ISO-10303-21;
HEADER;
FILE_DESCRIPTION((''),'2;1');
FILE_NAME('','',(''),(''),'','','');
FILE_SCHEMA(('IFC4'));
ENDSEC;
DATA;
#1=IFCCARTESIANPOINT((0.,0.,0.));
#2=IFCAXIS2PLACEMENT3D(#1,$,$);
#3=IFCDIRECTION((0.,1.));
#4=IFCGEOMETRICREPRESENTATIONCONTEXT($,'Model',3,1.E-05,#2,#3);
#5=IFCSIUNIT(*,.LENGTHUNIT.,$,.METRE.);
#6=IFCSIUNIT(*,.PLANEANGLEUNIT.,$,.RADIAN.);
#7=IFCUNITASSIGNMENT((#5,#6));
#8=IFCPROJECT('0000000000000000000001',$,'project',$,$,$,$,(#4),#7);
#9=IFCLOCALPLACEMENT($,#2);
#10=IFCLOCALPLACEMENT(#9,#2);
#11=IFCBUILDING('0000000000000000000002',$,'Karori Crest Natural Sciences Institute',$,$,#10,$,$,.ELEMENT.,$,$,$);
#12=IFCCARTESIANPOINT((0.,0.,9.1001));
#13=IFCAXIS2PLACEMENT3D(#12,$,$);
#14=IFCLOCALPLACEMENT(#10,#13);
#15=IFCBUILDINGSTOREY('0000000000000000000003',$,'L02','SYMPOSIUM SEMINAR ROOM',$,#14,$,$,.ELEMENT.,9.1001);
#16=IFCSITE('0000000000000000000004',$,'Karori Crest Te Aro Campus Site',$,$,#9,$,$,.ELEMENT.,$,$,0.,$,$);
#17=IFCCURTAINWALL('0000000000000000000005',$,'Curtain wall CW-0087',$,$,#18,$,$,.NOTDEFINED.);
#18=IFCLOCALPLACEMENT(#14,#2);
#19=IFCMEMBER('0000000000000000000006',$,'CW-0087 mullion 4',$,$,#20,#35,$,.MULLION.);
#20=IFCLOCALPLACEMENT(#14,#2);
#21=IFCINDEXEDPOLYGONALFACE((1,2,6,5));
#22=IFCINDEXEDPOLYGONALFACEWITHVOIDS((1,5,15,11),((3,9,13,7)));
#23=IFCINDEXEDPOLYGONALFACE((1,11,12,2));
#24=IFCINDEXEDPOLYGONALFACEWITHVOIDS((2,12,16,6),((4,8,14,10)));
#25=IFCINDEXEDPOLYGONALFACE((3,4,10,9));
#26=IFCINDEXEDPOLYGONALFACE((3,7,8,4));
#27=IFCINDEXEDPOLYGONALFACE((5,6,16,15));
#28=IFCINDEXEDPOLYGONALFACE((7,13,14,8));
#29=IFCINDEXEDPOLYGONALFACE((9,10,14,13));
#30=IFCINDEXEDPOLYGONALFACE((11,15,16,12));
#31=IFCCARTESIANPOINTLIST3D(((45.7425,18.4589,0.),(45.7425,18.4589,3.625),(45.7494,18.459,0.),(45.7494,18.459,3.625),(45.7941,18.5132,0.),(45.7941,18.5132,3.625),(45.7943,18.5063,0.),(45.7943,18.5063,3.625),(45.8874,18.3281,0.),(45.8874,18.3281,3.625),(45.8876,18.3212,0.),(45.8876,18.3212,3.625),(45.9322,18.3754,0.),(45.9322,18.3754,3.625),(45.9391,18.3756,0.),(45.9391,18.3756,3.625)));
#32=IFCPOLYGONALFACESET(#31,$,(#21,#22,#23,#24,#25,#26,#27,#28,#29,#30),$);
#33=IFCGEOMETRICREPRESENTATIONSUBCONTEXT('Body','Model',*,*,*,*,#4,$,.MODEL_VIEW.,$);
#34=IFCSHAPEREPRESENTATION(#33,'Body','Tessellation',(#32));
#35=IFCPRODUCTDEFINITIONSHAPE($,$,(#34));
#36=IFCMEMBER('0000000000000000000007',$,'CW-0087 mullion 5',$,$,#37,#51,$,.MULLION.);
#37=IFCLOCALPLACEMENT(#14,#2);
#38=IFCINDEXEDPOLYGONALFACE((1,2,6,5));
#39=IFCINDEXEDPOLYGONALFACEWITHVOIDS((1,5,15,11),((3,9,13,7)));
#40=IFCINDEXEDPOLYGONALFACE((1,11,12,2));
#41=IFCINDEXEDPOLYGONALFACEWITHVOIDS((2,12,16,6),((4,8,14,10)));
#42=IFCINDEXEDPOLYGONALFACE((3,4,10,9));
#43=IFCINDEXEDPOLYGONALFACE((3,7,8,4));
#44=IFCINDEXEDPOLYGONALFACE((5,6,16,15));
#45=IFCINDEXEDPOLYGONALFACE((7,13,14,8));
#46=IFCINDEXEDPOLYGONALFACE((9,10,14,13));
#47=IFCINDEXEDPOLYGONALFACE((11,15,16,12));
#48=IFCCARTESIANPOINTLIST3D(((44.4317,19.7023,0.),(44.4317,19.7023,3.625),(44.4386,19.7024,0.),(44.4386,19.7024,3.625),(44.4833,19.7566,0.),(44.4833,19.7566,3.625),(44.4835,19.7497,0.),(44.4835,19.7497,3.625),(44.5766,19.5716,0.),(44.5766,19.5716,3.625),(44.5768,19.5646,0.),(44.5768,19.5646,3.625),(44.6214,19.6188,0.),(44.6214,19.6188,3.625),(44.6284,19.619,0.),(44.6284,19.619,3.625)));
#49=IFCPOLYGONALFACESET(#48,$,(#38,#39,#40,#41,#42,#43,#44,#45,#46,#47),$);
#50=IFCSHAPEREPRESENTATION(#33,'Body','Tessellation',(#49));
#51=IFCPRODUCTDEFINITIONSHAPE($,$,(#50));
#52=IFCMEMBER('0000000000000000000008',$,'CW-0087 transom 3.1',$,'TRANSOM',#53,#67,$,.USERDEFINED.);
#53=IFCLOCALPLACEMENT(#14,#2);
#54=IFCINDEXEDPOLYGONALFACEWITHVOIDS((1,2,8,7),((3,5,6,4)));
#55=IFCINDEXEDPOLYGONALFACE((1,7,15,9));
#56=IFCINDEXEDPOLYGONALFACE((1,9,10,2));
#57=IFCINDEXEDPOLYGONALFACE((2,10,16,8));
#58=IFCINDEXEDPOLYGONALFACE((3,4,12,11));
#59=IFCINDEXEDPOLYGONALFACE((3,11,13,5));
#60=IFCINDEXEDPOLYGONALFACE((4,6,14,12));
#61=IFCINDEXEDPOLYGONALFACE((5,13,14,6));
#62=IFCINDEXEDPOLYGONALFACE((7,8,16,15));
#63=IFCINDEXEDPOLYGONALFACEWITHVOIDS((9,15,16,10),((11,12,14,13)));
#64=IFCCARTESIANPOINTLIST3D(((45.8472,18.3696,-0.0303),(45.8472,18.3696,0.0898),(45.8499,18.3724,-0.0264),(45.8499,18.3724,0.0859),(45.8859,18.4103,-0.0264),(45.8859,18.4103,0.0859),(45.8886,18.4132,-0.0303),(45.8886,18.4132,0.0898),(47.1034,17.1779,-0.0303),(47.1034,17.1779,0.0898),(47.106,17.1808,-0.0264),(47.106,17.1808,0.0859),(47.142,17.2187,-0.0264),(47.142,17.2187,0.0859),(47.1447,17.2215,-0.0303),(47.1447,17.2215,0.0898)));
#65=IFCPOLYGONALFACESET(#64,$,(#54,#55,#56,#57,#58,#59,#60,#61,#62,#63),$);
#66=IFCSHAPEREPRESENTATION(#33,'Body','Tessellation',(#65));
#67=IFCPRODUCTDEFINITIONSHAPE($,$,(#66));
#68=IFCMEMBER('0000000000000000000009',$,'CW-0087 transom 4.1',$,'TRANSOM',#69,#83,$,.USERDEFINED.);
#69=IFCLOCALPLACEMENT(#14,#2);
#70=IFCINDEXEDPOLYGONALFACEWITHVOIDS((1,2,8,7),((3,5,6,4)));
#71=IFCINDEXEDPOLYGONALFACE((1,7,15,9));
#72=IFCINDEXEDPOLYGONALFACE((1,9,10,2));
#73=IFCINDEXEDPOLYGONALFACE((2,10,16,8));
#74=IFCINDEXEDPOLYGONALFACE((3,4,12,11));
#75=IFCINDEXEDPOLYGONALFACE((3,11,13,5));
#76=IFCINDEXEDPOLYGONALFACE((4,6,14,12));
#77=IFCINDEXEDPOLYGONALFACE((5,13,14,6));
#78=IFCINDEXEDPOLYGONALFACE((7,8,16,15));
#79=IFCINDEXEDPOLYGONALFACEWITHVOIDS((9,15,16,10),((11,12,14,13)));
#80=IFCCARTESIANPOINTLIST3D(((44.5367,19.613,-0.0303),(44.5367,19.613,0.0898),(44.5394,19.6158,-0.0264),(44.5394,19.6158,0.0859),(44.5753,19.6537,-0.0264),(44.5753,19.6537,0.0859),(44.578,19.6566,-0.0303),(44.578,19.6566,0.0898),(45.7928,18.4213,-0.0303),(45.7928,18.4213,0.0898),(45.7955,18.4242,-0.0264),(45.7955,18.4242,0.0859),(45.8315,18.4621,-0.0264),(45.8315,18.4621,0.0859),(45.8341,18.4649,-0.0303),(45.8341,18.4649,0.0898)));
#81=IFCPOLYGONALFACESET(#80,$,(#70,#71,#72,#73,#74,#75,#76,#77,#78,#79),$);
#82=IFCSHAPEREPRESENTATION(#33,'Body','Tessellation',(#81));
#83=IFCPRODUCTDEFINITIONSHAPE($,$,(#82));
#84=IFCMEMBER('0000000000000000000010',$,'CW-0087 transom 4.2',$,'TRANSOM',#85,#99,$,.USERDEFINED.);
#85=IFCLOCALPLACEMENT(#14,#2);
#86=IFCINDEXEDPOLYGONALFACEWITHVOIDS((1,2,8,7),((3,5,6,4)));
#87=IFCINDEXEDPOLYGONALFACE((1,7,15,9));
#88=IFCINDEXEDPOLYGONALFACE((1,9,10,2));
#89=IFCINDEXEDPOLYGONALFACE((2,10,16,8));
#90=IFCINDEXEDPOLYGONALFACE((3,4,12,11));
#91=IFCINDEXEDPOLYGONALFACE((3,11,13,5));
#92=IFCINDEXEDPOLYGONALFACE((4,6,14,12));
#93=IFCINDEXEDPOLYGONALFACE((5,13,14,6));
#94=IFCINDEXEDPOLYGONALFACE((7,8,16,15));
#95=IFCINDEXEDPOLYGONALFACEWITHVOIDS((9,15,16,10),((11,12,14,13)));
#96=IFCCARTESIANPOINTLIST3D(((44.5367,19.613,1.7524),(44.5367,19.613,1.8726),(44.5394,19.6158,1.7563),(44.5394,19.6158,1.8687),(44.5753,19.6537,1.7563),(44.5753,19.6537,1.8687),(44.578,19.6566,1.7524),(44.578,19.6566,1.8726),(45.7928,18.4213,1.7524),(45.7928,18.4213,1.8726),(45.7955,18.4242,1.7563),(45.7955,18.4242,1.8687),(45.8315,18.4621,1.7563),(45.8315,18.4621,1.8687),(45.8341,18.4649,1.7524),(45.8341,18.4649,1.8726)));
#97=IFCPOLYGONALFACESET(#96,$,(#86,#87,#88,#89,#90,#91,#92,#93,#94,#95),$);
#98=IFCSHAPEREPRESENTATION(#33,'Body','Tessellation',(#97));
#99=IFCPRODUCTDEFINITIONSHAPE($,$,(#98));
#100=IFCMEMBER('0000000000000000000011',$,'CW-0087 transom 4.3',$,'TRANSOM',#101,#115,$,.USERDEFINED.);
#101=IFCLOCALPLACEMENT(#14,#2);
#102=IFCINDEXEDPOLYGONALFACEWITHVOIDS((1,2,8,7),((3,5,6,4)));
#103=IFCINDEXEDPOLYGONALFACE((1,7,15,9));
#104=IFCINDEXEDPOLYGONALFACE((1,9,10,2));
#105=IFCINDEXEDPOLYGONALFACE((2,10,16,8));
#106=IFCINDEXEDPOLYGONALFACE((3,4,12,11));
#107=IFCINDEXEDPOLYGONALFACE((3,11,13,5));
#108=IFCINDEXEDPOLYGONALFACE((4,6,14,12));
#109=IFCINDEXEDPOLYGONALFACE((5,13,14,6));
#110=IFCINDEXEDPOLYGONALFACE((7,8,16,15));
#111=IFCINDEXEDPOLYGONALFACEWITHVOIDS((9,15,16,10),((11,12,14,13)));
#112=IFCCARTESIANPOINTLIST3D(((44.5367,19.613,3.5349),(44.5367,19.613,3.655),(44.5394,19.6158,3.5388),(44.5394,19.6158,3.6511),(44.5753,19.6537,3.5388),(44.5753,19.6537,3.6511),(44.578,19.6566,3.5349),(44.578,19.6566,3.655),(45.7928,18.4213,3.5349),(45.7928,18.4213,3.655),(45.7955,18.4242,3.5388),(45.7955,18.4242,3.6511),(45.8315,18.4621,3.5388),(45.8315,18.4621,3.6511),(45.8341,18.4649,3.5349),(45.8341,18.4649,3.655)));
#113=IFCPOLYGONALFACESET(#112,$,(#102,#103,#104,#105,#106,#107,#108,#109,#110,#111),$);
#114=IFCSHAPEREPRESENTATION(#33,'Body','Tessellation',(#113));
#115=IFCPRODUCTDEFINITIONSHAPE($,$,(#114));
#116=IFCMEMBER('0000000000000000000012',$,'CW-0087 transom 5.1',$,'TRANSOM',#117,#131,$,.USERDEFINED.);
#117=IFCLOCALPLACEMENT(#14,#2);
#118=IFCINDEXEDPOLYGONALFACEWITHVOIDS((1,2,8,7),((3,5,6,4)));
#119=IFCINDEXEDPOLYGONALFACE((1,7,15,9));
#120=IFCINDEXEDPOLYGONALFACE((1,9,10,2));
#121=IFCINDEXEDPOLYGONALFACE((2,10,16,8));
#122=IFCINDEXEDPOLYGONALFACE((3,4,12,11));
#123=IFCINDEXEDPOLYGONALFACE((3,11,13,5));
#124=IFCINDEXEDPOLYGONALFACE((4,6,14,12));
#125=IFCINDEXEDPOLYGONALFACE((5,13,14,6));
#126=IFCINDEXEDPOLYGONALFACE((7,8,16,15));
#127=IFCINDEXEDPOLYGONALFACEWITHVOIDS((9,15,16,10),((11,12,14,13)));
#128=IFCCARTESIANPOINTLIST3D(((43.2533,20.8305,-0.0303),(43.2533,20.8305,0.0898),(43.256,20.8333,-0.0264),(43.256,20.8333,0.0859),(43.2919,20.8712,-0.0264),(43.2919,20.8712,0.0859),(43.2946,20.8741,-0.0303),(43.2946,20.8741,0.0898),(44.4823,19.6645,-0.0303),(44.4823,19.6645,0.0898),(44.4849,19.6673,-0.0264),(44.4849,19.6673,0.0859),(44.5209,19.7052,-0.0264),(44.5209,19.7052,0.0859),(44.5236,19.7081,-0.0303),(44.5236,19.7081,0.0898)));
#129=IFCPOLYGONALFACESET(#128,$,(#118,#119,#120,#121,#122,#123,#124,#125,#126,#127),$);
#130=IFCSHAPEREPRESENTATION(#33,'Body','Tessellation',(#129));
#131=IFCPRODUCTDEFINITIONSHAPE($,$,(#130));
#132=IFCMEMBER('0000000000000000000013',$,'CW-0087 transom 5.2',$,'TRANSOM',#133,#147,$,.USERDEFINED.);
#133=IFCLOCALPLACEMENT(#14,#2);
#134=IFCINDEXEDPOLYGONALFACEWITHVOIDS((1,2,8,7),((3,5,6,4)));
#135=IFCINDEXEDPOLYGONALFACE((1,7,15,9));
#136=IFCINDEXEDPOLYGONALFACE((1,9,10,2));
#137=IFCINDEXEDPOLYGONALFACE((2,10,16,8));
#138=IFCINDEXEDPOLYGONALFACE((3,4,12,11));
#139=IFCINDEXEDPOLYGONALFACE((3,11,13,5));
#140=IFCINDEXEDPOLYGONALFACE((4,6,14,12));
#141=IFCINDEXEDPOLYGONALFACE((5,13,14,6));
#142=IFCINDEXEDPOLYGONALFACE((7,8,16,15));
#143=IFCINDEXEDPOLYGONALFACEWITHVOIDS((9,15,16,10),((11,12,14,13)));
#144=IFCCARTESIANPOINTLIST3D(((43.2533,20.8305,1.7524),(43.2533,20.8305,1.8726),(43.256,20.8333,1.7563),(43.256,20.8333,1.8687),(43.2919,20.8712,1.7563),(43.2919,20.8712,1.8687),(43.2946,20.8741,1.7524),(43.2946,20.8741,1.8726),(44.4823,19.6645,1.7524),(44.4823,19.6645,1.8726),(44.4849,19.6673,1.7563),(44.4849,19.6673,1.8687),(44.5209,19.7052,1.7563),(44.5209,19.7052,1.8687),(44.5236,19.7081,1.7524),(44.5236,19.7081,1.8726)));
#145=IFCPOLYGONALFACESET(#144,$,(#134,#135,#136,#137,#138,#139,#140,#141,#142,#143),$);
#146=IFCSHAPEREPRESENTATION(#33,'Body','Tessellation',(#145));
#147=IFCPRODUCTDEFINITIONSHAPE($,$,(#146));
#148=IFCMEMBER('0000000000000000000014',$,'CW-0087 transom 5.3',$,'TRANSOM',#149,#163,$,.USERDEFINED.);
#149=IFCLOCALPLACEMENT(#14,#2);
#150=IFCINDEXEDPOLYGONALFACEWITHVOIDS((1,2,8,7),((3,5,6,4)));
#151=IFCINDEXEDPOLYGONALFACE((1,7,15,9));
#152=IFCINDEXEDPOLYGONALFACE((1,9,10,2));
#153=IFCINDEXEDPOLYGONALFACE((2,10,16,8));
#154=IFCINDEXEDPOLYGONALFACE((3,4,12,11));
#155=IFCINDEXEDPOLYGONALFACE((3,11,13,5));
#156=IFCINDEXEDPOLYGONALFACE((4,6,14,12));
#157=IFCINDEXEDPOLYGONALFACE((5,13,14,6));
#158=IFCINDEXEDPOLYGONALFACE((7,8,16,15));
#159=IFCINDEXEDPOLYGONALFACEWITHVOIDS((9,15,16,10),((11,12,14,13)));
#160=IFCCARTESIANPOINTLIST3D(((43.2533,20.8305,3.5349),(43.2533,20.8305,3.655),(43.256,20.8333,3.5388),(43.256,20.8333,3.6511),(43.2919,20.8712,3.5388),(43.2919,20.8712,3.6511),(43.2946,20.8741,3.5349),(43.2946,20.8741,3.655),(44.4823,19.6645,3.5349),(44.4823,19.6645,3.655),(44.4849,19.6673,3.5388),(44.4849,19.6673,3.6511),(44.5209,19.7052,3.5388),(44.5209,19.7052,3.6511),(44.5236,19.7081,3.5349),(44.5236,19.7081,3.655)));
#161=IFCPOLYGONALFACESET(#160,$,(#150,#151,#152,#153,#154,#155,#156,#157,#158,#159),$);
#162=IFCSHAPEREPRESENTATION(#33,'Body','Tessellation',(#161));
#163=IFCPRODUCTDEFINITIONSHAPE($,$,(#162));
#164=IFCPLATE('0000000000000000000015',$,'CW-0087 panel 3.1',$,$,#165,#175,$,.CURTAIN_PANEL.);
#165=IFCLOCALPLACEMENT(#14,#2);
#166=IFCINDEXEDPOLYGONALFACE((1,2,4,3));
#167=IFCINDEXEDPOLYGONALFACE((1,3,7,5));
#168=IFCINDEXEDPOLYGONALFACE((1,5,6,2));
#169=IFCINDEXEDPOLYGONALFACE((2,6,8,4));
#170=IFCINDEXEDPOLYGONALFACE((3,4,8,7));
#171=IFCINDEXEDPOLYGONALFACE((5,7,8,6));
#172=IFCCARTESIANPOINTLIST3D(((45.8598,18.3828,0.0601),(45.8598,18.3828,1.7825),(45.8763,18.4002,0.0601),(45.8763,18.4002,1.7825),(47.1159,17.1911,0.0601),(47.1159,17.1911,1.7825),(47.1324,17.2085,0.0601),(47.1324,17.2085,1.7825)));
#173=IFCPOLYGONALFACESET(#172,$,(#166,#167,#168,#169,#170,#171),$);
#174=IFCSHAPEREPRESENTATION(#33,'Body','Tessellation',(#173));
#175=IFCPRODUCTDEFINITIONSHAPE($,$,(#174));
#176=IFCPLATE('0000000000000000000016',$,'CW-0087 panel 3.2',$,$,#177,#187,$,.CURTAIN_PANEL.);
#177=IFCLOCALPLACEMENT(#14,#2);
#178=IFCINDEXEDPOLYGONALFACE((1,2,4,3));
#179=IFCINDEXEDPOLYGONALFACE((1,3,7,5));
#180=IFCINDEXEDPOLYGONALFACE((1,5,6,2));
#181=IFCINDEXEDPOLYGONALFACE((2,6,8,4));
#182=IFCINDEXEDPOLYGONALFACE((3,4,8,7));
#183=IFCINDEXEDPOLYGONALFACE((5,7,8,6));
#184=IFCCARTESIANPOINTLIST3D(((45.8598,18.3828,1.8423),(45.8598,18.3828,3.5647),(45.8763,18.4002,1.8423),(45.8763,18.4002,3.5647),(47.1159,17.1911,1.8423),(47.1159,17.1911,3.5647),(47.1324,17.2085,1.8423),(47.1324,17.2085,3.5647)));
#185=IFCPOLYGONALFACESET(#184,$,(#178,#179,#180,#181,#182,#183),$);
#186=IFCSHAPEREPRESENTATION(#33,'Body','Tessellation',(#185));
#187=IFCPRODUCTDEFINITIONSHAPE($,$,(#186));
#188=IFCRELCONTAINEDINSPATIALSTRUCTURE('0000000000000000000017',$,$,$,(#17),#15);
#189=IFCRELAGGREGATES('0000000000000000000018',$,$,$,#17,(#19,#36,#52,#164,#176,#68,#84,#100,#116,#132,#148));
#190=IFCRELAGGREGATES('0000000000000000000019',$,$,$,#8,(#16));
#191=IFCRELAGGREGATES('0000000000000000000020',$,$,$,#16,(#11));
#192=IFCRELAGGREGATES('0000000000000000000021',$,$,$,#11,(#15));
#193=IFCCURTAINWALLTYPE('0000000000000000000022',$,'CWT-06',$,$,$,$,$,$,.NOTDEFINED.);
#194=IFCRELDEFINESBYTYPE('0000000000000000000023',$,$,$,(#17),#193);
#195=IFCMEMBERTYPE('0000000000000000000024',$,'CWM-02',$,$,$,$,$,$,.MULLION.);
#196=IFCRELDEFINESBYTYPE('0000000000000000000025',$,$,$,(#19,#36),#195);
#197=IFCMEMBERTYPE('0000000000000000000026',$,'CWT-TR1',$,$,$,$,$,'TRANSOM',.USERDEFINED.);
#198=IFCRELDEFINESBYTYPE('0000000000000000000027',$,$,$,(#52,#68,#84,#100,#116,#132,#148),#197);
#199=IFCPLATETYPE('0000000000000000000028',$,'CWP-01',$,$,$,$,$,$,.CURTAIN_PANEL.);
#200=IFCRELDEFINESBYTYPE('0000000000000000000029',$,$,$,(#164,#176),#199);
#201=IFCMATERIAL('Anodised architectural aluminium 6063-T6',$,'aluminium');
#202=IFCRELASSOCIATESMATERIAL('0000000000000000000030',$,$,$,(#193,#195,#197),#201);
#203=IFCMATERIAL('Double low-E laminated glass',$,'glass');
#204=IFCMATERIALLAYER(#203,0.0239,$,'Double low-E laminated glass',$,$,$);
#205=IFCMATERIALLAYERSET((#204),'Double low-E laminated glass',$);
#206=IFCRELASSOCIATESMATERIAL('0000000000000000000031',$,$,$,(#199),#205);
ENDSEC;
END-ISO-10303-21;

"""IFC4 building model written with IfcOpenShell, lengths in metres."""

from ifc_helpers import new_model, si_unit, direction, frame, origin, origin_2d, place, context, subcontext, project, spatial, rectangle, hollow_rectangle, extrude, material, layer, layer_set, material_profile, profile_set, type_object, element, aggregate, save


model = new_model("IFC4")

# Units and contexts
model_context = context("Model", 3, precision=1e-05, world=origin(), true_north=direction((0.0, 1.0)))
body_context = subcontext(model_context, "Body", "Model", "MODEL_VIEW")
ifc_project = project(units=[si_unit("LENGTHUNIT", "METRE"), si_unit("PLANEANGLEUNIT", "RADIAN")], contexts=[model_context])

# Site, building, storey
site_placement = place(None, origin())
site = spatial("IfcSite", under=ifc_project, at=site_placement, Name="Karori Crest Te Aro Campus Site", CompositionType="ELEMENT", RefElevation=0.0)
building_placement = place(site_placement, origin())
building = spatial("IfcBuilding", under=site, at=building_placement, Name="Karori Crest Natural Sciences Institute", CompositionType="ELEMENT")
storey_placement = place(building_placement, frame((0.0, 0.0, 9.1001)))
storey = spatial("IfcBuildingStorey", under=building, at=storey_placement, Name="L02", Description="SYMPOSIUM SEMINAR ROOM", CompositionType="ELEMENT", Elevation=9.1001)

# Curtain wall, members, plates
ifc_material_1 = material(Name="Anodised architectural aluminium 6063-T6", Category="aluminium")
curtain_wall_type = type_object("IfcCurtainWallType", Name="CWT-06", PredefinedType="NOTDEFINED", material=ifc_material_1)
curtain_wall_placement = place(storey_placement, origin())
curtain_wall = element("IfcCurtainWall", 1, at=curtain_wall_placement, inside=storey, type_object=curtain_wall_type, Name="Curtain wall CW-0087", PredefinedType="NOTDEFINED")
ifc_material_profile_1 = material_profile(ifc_material_1, hollow_rectangle(XDim=0.075, YDim=0.2, WallThickness=0.0049, at=origin_2d()), Name="CWM200x75x5")
ifc_profile_set_1 = profile_set([ifc_material_profile_1], Name="Anodised architectural aluminium 6063-T6")
member_type_1 = type_object("IfcMemberType", Name="CWM-02", PredefinedType="MULLION", material=ifc_profile_set_1)
member_1_placement = place(storey_placement, frame((45.8408, 18.4172, 0.0), z_axis=(0.0, 0.0, 1.0), x_axis=(-0.688246, -0.725477, 0.0)))
member_1 = element("IfcMember", 2, at=member_1_placement, type_object=member_type_1, Name="CW-0087 mullion 4", PredefinedType="MULLION", context=body_context, shape_type="SweptSolid", body=[
    extrude(hollow_rectangle(XDim=0.075, YDim=0.2, WallThickness=0.0049, at=origin_2d()), origin(), (0.0, 0.0, 1.0), 3.625),
])
member_2_placement = place(storey_placement, frame((44.53, 19.6606, 0.0), z_axis=(0.0, 0.0, 1.0), x_axis=(-0.688246, -0.725477, 0.0)))
member_2 = element("IfcMember", 3, at=member_2_placement, type_object=member_type_1, Name="CW-0087 mullion 5", PredefinedType="MULLION", context=body_context, shape_type="SweptSolid", body=[
    extrude(hollow_rectangle(XDim=0.075, YDim=0.2, WallThickness=0.0049, at=origin_2d()), origin(), (0.0, 0.0, 1.0), 3.625),
])
ifc_material_profile_2 = material_profile(ifc_material_1, hollow_rectangle(XDim=0.0601, YDim=0.1201, WallThickness=0.0039, at=origin_2d()), Name="CWT120x60x4")
ifc_profile_set_2 = profile_set([ifc_material_profile_2], Name="Anodised architectural aluminium 6063-T6")
member_type_2 = type_object("IfcMemberType", Name="CWT-TR1", ElementType="TRANSOM", PredefinedType="USERDEFINED", material=ifc_profile_set_2)
member_3_placement = place(storey_placement, frame((47.124, 17.1997, 0.0298), z_axis=(-0.725475, 0.688249, 0.0), x_axis=(-0.688249, -0.725475, 0.0)))
member_3 = element("IfcMember", 4, at=member_3_placement, type_object=member_type_2, Name="CW-0087 transom 3.1", ObjectType="TRANSOM", PredefinedType="USERDEFINED", context=body_context, shape_type="SweptSolid", body=[
    extrude(hollow_rectangle(XDim=0.0601, YDim=0.1201, WallThickness=0.0039, at=origin_2d()), origin(), (0.0, 0.0, 1.0), 1.7314),
])
member_4_placement = place(storey_placement, frame((45.8135, 18.4431, 0.0298), z_axis=(-0.725475, 0.688249, 0.0), x_axis=(-0.688249, -0.725475, 0.0)))
member_4 = element("IfcMember", 5, at=member_4_placement, type_object=member_type_2, Name="CW-0087 transom 4.1", ObjectType="TRANSOM", PredefinedType="USERDEFINED", context=body_context, shape_type="SweptSolid", body=[
    extrude(hollow_rectangle(XDim=0.0601, YDim=0.1201, WallThickness=0.0039, at=origin_2d()), origin(), (0.0, 0.0, 1.0), 1.7314),
])
member_5_placement = place(storey_placement, frame((45.8135, 18.4431, 1.8125), z_axis=(-0.725475, 0.688249, 0.0), x_axis=(-0.688249, -0.725475, 0.0)))
member_5 = element("IfcMember", 6, at=member_5_placement, type_object=member_type_2, Name="CW-0087 transom 4.2", ObjectType="TRANSOM", PredefinedType="USERDEFINED", context=body_context, shape_type="SweptSolid", body=[
    extrude(hollow_rectangle(XDim=0.0601, YDim=0.1201, WallThickness=0.0039, at=origin_2d()), origin(), (0.0, 0.0, 1.0), 1.7314),
])
member_6_placement = place(storey_placement, frame((45.8135, 18.4431, 3.595), z_axis=(-0.725475, 0.688249, 0.0), x_axis=(-0.688249, -0.725475, 0.0)))
member_6 = element("IfcMember", 7, at=member_6_placement, type_object=member_type_2, Name="CW-0087 transom 4.3", ObjectType="TRANSOM", PredefinedType="USERDEFINED", context=body_context, shape_type="SweptSolid", body=[
    extrude(hollow_rectangle(XDim=0.0601, YDim=0.1201, WallThickness=0.0039, at=origin_2d()), origin(), (0.0, 0.0, 1.0), 1.7314),
])
member_7_placement = place(storey_placement, frame((44.5029, 19.6863, 0.0298), z_axis=(-0.725453, 0.688272, 0.0), x_axis=(-0.688272, -0.725453, 0.0)))
member_7 = element("IfcMember", 8, at=member_7_placement, type_object=member_type_2, Name="CW-0087 transom 5.1", ObjectType="TRANSOM", PredefinedType="USERDEFINED", context=body_context, shape_type="SweptSolid", body=[
    extrude(hollow_rectangle(XDim=0.0601, YDim=0.1201, WallThickness=0.0039, at=origin_2d()), origin(), (0.0, 0.0, 1.0), 1.6941),
])
member_8_placement = place(storey_placement, frame((44.5029, 19.6863, 1.8125), z_axis=(-0.725453, 0.688272, 0.0), x_axis=(-0.688272, -0.725453, 0.0)))
member_8 = element("IfcMember", 9, at=member_8_placement, type_object=member_type_2, Name="CW-0087 transom 5.2", ObjectType="TRANSOM", PredefinedType="USERDEFINED", context=body_context, shape_type="SweptSolid", body=[
    extrude(hollow_rectangle(XDim=0.0601, YDim=0.1201, WallThickness=0.0039, at=origin_2d()), origin(), (0.0, 0.0, 1.0), 1.6941),
])
member_9_placement = place(storey_placement, frame((44.5029, 19.6863, 3.595), z_axis=(-0.725453, 0.688272, 0.0), x_axis=(-0.688272, -0.725453, 0.0)))
member_9 = element("IfcMember", 10, at=member_9_placement, type_object=member_type_2, Name="CW-0087 transom 5.3", ObjectType="TRANSOM", PredefinedType="USERDEFINED", context=body_context, shape_type="SweptSolid", body=[
    extrude(hollow_rectangle(XDim=0.0601, YDim=0.1201, WallThickness=0.0039, at=origin_2d()), origin(), (0.0, 0.0, 1.0), 1.6941),
])
ifc_material_2 = material(Name="Double low-E laminated glass", Category="glass")
ifc_layer_1 = layer(ifc_material_2, 0.0239, Name="Double low-E laminated glass")
ifc_layer_set_1 = layer_set([ifc_layer_1], Name="Double low-E laminated glass")
plate_type = type_object("IfcPlateType", Name="CWP-01", PredefinedType="CURTAIN_PANEL", material=ifc_layer_set_1)
plate_1_placement = place(storey_placement, frame((46.4961, 17.7957, 0.0601), z_axis=(0.0, 0.0, 1.0), x_axis=(-0.725477, 0.688246, 0.0)))
plate_1 = element("IfcPlate", 11, at=plate_1_placement, type_object=plate_type, Name="CW-0087 panel 3.1", PredefinedType="CURTAIN_PANEL", context=body_context, shape_type="SweptSolid", body=[
    extrude(rectangle(XDim=1.7314, YDim=0.0239, at=origin_2d()), origin(), (0.0, 0.0, 1.0), 1.7224),
])
plate_2_placement = place(storey_placement, frame((46.4961, 17.7957, 1.8423), z_axis=(0.0, 0.0, 1.0), x_axis=(-0.725477, 0.688246, 0.0)))
plate_2 = element("IfcPlate", 12, at=plate_2_placement, type_object=plate_type, Name="CW-0087 panel 3.2", PredefinedType="CURTAIN_PANEL", context=body_context, shape_type="SweptSolid", body=[
    extrude(rectangle(XDim=1.7314, YDim=0.0239, at=origin_2d()), origin(), (0.0, 0.0, 1.0), 1.7224),
])
aggregate(curtain_wall, [member_1, member_2, member_3, plate_1, plate_2, member_4, member_5, member_6, member_7, member_8, member_9])

save(model, "model.ifc")
